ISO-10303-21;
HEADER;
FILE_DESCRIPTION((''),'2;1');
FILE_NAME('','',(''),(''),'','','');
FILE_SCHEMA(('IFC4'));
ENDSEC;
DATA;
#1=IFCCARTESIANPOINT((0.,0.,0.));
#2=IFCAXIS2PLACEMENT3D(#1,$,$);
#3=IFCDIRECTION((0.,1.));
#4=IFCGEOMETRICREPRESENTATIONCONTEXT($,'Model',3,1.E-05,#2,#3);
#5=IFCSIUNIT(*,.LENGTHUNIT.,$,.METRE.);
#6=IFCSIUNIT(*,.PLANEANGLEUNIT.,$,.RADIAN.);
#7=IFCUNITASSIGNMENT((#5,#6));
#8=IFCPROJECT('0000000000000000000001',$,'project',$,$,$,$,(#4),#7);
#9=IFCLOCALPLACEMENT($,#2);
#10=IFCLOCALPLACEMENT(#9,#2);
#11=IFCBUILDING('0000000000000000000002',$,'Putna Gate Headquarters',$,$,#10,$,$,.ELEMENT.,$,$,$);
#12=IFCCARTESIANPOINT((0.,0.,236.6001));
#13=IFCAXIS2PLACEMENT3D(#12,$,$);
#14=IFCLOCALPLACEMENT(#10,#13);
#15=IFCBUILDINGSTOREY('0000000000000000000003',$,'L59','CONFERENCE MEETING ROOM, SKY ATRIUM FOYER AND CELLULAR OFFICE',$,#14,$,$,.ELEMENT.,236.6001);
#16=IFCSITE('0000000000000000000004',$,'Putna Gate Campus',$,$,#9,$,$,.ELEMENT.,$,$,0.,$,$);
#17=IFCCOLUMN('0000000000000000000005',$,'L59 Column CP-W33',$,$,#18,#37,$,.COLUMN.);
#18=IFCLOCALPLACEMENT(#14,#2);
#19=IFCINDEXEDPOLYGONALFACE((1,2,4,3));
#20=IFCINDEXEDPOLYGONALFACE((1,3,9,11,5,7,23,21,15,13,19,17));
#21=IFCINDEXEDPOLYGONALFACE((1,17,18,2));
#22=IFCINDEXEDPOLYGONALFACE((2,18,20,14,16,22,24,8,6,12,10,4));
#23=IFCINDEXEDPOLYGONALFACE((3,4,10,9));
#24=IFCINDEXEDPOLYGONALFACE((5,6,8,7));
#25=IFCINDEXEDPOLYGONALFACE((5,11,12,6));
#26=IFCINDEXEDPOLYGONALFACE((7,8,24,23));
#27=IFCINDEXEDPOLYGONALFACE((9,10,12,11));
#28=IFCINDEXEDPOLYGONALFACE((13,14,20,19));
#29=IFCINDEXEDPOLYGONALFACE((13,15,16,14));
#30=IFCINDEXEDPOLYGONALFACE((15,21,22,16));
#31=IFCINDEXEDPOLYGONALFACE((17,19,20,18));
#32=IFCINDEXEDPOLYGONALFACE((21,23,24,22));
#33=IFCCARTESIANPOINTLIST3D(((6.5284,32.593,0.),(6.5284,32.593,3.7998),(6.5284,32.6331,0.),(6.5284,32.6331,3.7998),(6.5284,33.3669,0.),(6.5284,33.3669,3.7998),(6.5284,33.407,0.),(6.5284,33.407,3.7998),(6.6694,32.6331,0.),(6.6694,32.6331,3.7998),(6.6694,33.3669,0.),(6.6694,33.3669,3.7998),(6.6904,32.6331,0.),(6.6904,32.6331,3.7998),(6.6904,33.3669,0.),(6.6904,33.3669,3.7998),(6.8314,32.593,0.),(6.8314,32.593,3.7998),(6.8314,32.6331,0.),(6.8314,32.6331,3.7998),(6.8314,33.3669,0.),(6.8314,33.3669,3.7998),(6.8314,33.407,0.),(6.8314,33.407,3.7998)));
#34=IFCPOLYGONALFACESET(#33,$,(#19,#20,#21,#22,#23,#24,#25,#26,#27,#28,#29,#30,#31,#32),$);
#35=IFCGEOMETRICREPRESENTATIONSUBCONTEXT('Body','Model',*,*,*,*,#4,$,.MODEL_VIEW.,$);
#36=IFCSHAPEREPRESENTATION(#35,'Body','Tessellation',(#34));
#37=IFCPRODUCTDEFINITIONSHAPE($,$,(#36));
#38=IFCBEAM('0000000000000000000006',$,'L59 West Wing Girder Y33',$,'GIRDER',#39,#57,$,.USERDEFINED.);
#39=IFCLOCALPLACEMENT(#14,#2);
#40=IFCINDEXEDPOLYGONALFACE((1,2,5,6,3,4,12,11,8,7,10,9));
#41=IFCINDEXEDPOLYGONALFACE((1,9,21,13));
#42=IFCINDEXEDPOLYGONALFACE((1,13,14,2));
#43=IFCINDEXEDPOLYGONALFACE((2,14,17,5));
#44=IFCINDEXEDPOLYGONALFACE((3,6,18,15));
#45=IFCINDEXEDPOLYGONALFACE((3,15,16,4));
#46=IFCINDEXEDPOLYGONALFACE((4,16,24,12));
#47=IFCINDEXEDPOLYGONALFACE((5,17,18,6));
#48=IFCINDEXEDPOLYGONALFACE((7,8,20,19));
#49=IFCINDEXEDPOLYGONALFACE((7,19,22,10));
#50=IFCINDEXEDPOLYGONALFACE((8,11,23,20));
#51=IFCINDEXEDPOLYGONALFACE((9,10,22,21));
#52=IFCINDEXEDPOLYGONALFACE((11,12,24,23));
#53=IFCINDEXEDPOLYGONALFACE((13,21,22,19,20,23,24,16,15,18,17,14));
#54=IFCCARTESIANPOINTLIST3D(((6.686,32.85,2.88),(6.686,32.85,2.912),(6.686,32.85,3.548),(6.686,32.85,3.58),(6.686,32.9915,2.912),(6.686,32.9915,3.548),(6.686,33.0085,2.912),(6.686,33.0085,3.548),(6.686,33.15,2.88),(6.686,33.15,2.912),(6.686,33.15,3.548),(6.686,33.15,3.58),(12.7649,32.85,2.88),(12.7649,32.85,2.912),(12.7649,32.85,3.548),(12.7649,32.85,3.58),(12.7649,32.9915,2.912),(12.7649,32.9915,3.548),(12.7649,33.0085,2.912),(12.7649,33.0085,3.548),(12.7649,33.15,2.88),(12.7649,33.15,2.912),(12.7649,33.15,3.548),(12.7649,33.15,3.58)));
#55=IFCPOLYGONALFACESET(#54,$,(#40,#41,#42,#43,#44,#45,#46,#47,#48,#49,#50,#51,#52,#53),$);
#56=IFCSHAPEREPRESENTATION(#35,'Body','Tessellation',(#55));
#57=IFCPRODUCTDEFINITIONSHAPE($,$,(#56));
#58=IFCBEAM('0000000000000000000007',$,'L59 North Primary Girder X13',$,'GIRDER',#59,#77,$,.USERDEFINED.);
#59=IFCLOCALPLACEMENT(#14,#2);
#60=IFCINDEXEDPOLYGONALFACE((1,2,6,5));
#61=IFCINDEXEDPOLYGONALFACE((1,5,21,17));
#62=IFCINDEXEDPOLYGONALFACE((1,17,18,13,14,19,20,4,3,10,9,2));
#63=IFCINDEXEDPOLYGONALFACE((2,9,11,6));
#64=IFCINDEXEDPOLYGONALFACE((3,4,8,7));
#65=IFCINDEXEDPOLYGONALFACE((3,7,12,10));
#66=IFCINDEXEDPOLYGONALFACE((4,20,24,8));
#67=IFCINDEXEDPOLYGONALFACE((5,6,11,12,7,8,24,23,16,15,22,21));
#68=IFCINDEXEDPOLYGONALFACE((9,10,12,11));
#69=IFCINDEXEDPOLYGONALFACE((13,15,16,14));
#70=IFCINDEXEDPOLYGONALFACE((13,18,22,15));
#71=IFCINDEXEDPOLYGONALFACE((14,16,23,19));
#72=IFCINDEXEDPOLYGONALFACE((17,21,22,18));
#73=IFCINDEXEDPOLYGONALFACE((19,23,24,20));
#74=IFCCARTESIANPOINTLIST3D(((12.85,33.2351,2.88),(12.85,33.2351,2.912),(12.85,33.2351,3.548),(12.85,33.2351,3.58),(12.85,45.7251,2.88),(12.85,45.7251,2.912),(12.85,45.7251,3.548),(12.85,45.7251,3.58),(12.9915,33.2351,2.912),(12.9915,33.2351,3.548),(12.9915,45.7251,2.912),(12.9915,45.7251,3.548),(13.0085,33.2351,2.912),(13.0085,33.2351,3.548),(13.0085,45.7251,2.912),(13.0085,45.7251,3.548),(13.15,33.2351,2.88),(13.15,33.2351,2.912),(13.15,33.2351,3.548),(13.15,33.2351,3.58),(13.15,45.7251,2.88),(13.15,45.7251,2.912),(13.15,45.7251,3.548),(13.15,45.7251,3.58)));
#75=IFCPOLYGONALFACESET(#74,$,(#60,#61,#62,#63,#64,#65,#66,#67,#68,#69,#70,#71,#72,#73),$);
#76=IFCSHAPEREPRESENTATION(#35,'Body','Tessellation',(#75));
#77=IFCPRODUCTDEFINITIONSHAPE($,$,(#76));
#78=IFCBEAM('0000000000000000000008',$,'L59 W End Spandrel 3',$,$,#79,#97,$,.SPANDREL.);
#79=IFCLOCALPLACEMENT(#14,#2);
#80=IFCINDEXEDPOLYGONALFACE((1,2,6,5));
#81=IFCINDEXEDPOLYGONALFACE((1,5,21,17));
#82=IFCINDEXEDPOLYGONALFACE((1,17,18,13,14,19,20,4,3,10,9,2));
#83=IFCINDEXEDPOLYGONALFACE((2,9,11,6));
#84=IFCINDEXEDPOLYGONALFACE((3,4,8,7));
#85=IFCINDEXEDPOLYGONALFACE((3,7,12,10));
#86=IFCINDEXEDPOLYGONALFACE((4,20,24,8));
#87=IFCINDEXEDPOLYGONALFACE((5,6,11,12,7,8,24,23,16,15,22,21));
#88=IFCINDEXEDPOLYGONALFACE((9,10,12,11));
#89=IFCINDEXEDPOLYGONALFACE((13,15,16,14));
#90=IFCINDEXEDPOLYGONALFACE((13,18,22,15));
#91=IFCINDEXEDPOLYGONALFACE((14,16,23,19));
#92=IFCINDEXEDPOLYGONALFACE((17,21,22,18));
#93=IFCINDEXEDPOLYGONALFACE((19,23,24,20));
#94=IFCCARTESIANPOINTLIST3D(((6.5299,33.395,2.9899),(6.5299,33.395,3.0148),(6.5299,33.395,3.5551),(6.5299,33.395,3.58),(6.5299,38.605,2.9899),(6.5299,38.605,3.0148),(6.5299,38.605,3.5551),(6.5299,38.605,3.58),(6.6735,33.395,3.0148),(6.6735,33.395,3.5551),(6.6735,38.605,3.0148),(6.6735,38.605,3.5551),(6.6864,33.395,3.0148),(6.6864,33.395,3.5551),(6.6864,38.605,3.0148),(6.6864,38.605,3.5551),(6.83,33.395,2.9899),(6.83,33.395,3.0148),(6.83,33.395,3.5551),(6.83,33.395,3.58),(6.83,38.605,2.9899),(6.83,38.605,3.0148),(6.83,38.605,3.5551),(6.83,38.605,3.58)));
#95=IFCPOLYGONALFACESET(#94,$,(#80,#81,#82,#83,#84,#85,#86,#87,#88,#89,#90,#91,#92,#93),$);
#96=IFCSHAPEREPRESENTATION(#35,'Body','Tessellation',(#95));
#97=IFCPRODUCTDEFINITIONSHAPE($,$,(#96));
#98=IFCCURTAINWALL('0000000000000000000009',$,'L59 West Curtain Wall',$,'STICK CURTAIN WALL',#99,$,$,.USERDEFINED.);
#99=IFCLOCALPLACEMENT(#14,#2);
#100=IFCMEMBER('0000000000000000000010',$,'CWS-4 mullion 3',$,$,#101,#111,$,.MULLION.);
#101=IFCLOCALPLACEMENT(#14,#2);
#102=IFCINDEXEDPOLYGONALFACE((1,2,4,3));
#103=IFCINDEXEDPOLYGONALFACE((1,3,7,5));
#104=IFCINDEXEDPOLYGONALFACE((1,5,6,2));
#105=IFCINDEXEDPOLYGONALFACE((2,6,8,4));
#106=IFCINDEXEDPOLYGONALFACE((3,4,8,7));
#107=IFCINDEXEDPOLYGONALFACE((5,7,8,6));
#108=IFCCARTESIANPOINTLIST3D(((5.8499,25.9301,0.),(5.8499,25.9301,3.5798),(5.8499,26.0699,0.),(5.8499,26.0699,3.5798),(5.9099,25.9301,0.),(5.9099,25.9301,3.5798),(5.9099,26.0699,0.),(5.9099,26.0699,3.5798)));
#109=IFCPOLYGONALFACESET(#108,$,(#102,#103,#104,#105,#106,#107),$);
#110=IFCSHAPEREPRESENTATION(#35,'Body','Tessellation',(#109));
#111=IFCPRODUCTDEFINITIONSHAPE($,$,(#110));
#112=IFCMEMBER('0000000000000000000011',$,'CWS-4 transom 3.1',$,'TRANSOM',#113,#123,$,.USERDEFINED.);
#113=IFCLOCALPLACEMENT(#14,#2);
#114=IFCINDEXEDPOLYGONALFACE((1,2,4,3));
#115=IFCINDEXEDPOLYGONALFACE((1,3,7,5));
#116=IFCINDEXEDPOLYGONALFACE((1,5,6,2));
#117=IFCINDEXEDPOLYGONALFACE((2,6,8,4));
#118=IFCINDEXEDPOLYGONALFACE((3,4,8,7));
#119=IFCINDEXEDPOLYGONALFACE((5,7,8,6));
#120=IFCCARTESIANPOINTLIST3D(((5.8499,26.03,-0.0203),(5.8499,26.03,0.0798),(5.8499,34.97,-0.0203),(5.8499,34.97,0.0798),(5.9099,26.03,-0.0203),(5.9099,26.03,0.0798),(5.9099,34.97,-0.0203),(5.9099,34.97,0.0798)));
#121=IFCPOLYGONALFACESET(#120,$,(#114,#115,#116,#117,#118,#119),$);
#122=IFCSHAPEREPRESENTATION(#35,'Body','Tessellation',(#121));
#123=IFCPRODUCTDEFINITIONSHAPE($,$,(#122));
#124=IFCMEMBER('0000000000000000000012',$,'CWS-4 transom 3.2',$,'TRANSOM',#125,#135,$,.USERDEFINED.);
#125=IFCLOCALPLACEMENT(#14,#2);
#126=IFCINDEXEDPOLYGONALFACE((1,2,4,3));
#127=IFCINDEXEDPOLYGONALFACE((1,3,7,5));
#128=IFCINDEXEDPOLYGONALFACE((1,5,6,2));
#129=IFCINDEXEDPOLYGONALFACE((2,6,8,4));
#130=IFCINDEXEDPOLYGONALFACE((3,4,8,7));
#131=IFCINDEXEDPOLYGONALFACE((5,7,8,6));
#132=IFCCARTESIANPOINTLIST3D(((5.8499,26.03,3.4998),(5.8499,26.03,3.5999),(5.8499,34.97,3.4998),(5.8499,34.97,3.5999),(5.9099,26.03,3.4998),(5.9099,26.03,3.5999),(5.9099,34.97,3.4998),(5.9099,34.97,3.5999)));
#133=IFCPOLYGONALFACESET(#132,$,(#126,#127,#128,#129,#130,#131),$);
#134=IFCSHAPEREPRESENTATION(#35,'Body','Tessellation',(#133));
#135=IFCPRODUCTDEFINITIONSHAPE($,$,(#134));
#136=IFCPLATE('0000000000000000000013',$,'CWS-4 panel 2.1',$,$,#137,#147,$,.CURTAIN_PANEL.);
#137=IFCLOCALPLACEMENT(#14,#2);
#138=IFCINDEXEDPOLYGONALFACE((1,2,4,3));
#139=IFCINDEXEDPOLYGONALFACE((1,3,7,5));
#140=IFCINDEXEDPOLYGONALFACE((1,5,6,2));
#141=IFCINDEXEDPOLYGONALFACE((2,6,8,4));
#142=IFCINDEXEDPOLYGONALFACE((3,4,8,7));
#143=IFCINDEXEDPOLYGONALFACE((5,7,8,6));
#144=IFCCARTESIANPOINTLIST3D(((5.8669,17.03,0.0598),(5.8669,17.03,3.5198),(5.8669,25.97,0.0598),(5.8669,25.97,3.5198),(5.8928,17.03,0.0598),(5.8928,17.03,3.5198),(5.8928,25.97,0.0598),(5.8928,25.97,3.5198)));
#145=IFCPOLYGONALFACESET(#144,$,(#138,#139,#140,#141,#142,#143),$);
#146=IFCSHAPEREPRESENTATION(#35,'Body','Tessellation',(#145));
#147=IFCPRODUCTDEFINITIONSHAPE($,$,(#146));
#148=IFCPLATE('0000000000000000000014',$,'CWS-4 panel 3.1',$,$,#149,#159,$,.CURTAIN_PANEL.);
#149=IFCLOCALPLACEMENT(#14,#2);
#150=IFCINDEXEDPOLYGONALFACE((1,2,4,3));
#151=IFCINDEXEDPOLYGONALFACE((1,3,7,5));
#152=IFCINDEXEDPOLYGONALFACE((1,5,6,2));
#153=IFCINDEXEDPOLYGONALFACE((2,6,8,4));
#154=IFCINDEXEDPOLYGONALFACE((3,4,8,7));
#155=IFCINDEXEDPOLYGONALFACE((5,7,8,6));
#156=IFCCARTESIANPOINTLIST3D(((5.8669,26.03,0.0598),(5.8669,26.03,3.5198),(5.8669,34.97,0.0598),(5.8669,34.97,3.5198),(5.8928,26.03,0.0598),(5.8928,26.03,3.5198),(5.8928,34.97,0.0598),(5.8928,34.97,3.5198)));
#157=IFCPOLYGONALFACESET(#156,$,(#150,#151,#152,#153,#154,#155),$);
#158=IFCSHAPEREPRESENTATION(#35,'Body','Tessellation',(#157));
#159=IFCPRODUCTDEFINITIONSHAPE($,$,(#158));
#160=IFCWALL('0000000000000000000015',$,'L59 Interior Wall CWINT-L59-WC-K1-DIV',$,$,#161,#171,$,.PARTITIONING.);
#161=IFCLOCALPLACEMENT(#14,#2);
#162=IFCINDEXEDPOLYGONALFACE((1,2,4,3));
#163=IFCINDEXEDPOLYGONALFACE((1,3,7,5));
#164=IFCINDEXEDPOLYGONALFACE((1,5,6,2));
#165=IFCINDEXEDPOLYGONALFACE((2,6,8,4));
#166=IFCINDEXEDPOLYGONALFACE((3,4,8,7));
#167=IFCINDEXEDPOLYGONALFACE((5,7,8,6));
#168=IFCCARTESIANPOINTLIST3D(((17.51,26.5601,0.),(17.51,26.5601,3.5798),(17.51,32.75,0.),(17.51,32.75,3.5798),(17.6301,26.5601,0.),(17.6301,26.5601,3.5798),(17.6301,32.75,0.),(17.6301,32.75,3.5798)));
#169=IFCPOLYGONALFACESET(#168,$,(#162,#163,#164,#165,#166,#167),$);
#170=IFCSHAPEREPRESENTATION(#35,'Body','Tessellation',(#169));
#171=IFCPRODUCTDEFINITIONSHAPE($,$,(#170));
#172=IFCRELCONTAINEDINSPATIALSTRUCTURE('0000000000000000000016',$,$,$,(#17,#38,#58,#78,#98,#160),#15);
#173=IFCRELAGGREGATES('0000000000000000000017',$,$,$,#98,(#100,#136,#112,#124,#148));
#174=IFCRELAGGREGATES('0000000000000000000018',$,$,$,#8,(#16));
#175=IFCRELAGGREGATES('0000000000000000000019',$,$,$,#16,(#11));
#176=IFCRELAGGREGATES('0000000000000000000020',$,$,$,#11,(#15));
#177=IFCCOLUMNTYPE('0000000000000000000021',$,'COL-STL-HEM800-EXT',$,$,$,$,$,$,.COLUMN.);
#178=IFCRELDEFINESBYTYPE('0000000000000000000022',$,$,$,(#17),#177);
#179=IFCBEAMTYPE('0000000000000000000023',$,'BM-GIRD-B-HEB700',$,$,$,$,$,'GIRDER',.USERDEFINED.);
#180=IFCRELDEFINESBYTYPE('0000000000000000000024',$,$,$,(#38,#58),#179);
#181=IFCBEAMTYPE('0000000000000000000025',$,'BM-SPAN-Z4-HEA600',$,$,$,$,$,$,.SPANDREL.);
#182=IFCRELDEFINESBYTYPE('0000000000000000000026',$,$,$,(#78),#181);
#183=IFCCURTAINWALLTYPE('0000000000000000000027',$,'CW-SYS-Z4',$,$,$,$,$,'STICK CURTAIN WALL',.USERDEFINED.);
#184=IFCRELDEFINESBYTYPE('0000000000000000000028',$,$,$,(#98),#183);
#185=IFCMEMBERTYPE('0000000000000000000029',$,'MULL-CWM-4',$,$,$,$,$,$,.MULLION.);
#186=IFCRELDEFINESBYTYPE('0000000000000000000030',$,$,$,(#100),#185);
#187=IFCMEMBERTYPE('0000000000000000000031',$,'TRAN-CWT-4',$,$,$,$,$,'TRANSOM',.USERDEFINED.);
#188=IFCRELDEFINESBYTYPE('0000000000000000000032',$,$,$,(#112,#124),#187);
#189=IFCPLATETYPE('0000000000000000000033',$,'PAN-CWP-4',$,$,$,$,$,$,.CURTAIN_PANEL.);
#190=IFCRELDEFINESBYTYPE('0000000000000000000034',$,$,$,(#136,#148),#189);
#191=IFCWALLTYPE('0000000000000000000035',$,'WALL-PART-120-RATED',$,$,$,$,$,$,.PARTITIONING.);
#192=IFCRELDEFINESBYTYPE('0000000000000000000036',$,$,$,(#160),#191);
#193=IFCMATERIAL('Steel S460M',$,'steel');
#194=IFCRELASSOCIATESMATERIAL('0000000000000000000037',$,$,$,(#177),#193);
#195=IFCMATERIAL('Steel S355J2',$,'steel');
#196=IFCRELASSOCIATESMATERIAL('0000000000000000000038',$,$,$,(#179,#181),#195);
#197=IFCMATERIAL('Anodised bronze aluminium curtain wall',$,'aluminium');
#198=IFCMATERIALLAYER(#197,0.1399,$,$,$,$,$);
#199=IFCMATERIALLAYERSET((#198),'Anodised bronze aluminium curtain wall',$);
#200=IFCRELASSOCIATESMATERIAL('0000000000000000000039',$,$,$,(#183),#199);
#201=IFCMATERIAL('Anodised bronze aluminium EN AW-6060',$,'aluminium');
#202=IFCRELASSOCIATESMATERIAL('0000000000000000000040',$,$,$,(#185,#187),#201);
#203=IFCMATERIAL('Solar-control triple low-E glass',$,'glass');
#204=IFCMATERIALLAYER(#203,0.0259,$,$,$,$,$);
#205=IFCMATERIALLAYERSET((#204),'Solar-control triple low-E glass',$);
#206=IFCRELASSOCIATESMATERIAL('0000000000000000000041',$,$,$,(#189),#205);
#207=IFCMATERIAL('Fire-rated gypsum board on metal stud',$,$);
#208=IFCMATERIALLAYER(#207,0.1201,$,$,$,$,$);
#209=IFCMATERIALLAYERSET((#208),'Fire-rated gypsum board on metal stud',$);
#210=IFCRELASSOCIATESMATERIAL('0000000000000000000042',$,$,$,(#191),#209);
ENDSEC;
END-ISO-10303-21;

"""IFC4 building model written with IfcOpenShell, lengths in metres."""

from ifc_helpers import new_model, si_unit, direction, frame, frame_2d, origin, origin_2d, place, context, subcontext, project, spatial, rectangle, i_section, extrude, material, layer, layer_set, material_profile, profile_set, type_object, element, aggregate, save


model = new_model("IFC4")

# Units and contexts
model_context = context("Model", 3, precision=1e-05, world=origin(), true_north=direction((0.0, 1.0)))
body_context = subcontext(model_context, "Body", "Model", "MODEL_VIEW")
ifc_project = project(units=[si_unit("LENGTHUNIT", "METRE"), si_unit("PLANEANGLEUNIT", "RADIAN")], contexts=[model_context])

# Site, building, storey
site_placement = place(None, origin())
site = spatial("IfcSite", under=ifc_project, at=site_placement, Name="Putna Gate Campus", CompositionType="ELEMENT", RefElevation=0.0)
building_placement = place(site_placement, origin())
building = spatial("IfcBuilding", under=site, at=building_placement, Name="Putna Gate Headquarters", CompositionType="ELEMENT")
storey_placement = place(building_placement, frame((0.0, 0.0, 236.6001)))
storey = spatial("IfcBuildingStorey", under=building, at=storey_placement, Name="L59", Description="CONFERENCE MEETING ROOM, SKY ATRIUM FOYER AND CELLULAR OFFICE", CompositionType="ELEMENT", Elevation=236.6001)

# Column
ifc_material_1 = material(Name="Steel S460M", Category="steel")
ifc_material_profile_1 = material_profile(ifc_material_1, i_section(OverallWidth=0.303, OverallDepth=0.814, WebThickness=0.021, FlangeThickness=0.04, at=origin_2d()), Name="Steel S460M")
ifc_profile_set_1 = profile_set([ifc_material_profile_1], Name="Steel S460M")
column_type = type_object("IfcColumnType", Name="COL-STL-HEM800-EXT", PredefinedType="COLUMN", material=ifc_profile_set_1)
column_placement = place(storey_placement, frame((6.6799, 33.0, 0.0), z_axis=(0.0, 0.0, 1.0), x_axis=(1.0, 0.0, 0.0)))
element("IfcColumn", 1, at=column_placement, inside=storey, type_object=column_type, Name="L59 Column CP-W33", PredefinedType="COLUMN", context=body_context, shape_type="SweptSolid", body=[
    extrude(i_section(OverallWidth=0.303, OverallDepth=0.814, WebThickness=0.021, FlangeThickness=0.04, at=origin_2d()), origin(), (0.0, 0.0, 1.0), 3.7998),
])

# Beams
ifc_material_2 = material(Name="Steel S355J2", Category="steel")
ifc_material_profile_2 = material_profile(ifc_material_2, i_section(OverallWidth=0.3, OverallDepth=0.7, WebThickness=0.0171, FlangeThickness=0.032, at=origin_2d()), Name="Steel S355J2")
ifc_profile_set_2 = profile_set([ifc_material_profile_2], Name="Steel S355J2")
beam_type_1 = type_object("IfcBeamType", Name="BM-GIRD-B-HEB700", ElementType="GIRDER", PredefinedType="USERDEFINED", material=ifc_profile_set_2)
beam_1_placement = place(storey_placement, frame((6.686, 33.0, 3.23), z_axis=(1.0, 0.0, 0.0), x_axis=(0.0, 1.0, 0.0)))
element("IfcBeam", 2, at=beam_1_placement, inside=storey, type_object=beam_type_1, Name="L59 West Wing Girder Y33", ObjectType="GIRDER", PredefinedType="USERDEFINED", context=body_context, shape_type="SweptSolid", body=[
    extrude(i_section(OverallWidth=0.3, OverallDepth=0.7, WebThickness=0.0171, FlangeThickness=0.032, at=origin_2d()), origin(), (0.0, 0.0, 1.0), 6.0789),
])
beam_2_placement = place(storey_placement, frame((13.0, 33.2351, 3.23), z_axis=(0.0, 1.0, 0.0), x_axis=(-1.0, 0.0, 0.0)))
element("IfcBeam", 3, at=beam_2_placement, inside=storey, type_object=beam_type_1, Name="L59 North Primary Girder X13", ObjectType="GIRDER", PredefinedType="USERDEFINED", context=body_context, shape_type="SweptSolid", body=[
    extrude(i_section(OverallWidth=0.3, OverallDepth=0.7, WebThickness=0.0171, FlangeThickness=0.032, at=origin_2d()), origin(), (0.0, 0.0, 1.0), 12.49),
])
ifc_material_profile_3 = material_profile(ifc_material_2, i_section(OverallWidth=0.3, OverallDepth=0.5901, WebThickness=0.0129, FlangeThickness=0.0249, at=origin_2d()), Name="Steel S355J2")
ifc_profile_set_3 = profile_set([ifc_material_profile_3], Name="Steel S355J2")
beam_type_2 = type_object("IfcBeamType", Name="BM-SPAN-Z4-HEA600", PredefinedType="SPANDREL", material=ifc_profile_set_3)
beam_3_placement = place(storey_placement, frame((6.6799, 33.395, 3.2849), z_axis=(0.0, 1.0, 0.0), x_axis=(-1.0, 0.0, 0.0)))
element("IfcBeam", 4, at=beam_3_placement, inside=storey, type_object=beam_type_2, Name="L59 W End Spandrel 3", PredefinedType="SPANDREL", context=body_context, shape_type="SweptSolid", body=[
    extrude(i_section(OverallWidth=0.3, OverallDepth=0.5901, WebThickness=0.0129, FlangeThickness=0.0249, at=origin_2d()), origin(), (0.0, 0.0, 1.0), 5.21),
])

# Curtain wall, members, plates
ifc_material_3 = material(Name="Anodised bronze aluminium curtain wall", Category="aluminium")
ifc_layer_1 = layer(ifc_material_3, 0.1399)
ifc_layer_set_1 = layer_set([ifc_layer_1], Name="Anodised bronze aluminium curtain wall")
curtain_wall_type = type_object("IfcCurtainWallType", Name="CW-SYS-Z4", ElementType="STICK CURTAIN WALL", PredefinedType="USERDEFINED", material=ifc_layer_set_1)
curtain_wall_placement = place(storey_placement, origin())
curtain_wall = element("IfcCurtainWall", 5, at=curtain_wall_placement, inside=storey, type_object=curtain_wall_type, Name="L59 West Curtain Wall", ObjectType="STICK CURTAIN WALL", PredefinedType="USERDEFINED")
ifc_material_4 = material(Name="Anodised bronze aluminium EN AW-6060", Category="aluminium")
ifc_material_profile_4 = material_profile(ifc_material_4, rectangle(XDim=0.0601, YDim=0.1399, at=origin_2d()), Name="Anodised bronze aluminium EN AW-6060")
ifc_profile_set_4 = profile_set([ifc_material_profile_4], Name="Anodised bronze aluminium EN AW-6060")
member_type_1 = type_object("IfcMemberType", Name="MULL-CWM-4", PredefinedType="MULLION", material=ifc_profile_set_4)
member_1_placement = place(storey_placement, frame((5.8799, 26.0, 0.0), z_axis=(0.0, 0.0, 1.0), x_axis=(-1.0, 0.0, 0.0)))
member_1 = element("IfcMember", 6, at=member_1_placement, type_object=member_type_1, Name="CWS-4 mullion 3", PredefinedType="MULLION", context=body_context, shape_type="SweptSolid", body=[
    extrude(rectangle(XDim=0.0601, YDim=0.1399, at=origin_2d()), origin(), (0.0, 0.0, 1.0), 3.5798),
])
ifc_material_profile_5 = material_profile(ifc_material_4, rectangle(XDim=0.0601, YDim=0.1001, at=origin_2d()), Name="Anodised bronze aluminium EN AW-6060")
ifc_profile_set_5 = profile_set([ifc_material_profile_5], Name="Anodised bronze aluminium EN AW-6060")
member_type_2 = type_object("IfcMemberType", Name="TRAN-CWT-4", ElementType="TRANSOM", PredefinedType="USERDEFINED", material=ifc_profile_set_5)
member_2_placement = place(storey_placement, frame((5.8799, 26.03, 0.0298), z_axis=(0.0, 1.0, 0.0), x_axis=(-1.0, 0.0, 0.0)))
member_2 = element("IfcMember", 7, at=member_2_placement, type_object=member_type_2, Name="CWS-4 transom 3.1", ObjectType="TRANSOM", PredefinedType="USERDEFINED", context=body_context, shape_type="SweptSolid", body=[
    extrude(rectangle(XDim=0.0601, YDim=0.1001, at=origin_2d()), origin(), (0.0, 0.0, 1.0), 8.9399),
])
member_3_placement = place(storey_placement, frame((5.8799, 26.03, 3.5498), z_axis=(0.0, 1.0, 0.0), x_axis=(-1.0, 0.0, 0.0)))
member_3 = element("IfcMember", 8, at=member_3_placement, type_object=member_type_2, Name="CWS-4 transom 3.2", ObjectType="TRANSOM", PredefinedType="USERDEFINED", context=body_context, shape_type="SweptSolid", body=[
    extrude(rectangle(XDim=0.0601, YDim=0.1001, at=origin_2d()), origin(), (0.0, 0.0, 1.0), 8.9399),
])
ifc_material_5 = material(Name="Solar-control triple low-E glass", Category="glass")
ifc_layer_2 = layer(ifc_material_5, 0.0259)
ifc_layer_set_2 = layer_set([ifc_layer_2], Name="Solar-control triple low-E glass")
plate_type = type_object("IfcPlateType", Name="PAN-CWP-4", PredefinedType="CURTAIN_PANEL", material=ifc_layer_set_2)
plate_1_placement = place(storey_placement, frame((5.8799, 21.5, 0.0598), z_axis=(0.0, 0.0, 1.0), x_axis=(0.0, 1.0, 0.0)))
plate_1 = element("IfcPlate", 9, at=plate_1_placement, type_object=plate_type, Name="CWS-4 panel 2.1", PredefinedType="CURTAIN_PANEL", context=body_context, shape_type="SweptSolid", body=[
    extrude(rectangle(XDim=8.9399, YDim=0.0259, at=origin_2d()), origin(), (0.0, 0.0, 1.0), 3.46),
])
plate_2_placement = place(storey_placement, frame((5.8799, 30.5, 0.0598), z_axis=(0.0, 0.0, 1.0), x_axis=(0.0, 1.0, 0.0)))
plate_2 = element("IfcPlate", 10, at=plate_2_placement, type_object=plate_type, Name="CWS-4 panel 3.1", PredefinedType="CURTAIN_PANEL", context=body_context, shape_type="SweptSolid", body=[
    extrude(rectangle(XDim=8.9399, YDim=0.0259, at=origin_2d()), origin(), (0.0, 0.0, 1.0), 3.46),
])
aggregate(curtain_wall, [member_1, plate_1, member_2, member_3, plate_2])

# Wall
ifc_material_6 = material(Name="Fire-rated gypsum board on metal stud")
ifc_layer_3 = layer(ifc_material_6, 0.1201)
ifc_layer_set_3 = layer_set([ifc_layer_3], Name="Fire-rated gypsum board on metal stud")
wall_type_1 = type_object("IfcWallType", Name="WALL-PART-120-RATED", PredefinedType="PARTITIONING", material=ifc_layer_set_3)
wall_1_placement = place(storey_placement, frame((17.5701, 26.5601, 0.0), z_axis=(0.0, 0.0, 1.0), x_axis=(0.0, 1.0, 0.0)))
element("IfcWall", 11, at=wall_1_placement, inside=storey, type_object=wall_type_1, Name="L59 Interior Wall CWINT-L59-WC-K1-DIV", PredefinedType="PARTITIONING", context=body_context, shape_type="SweptSolid", body=[
    extrude(rectangle(XDim=6.1899, YDim=0.1201, at=frame_2d((3.095, 0.0))), origin(), (0.0, 0.0, 1.0), 3.5798),
])

save(model, "model.ifc")
